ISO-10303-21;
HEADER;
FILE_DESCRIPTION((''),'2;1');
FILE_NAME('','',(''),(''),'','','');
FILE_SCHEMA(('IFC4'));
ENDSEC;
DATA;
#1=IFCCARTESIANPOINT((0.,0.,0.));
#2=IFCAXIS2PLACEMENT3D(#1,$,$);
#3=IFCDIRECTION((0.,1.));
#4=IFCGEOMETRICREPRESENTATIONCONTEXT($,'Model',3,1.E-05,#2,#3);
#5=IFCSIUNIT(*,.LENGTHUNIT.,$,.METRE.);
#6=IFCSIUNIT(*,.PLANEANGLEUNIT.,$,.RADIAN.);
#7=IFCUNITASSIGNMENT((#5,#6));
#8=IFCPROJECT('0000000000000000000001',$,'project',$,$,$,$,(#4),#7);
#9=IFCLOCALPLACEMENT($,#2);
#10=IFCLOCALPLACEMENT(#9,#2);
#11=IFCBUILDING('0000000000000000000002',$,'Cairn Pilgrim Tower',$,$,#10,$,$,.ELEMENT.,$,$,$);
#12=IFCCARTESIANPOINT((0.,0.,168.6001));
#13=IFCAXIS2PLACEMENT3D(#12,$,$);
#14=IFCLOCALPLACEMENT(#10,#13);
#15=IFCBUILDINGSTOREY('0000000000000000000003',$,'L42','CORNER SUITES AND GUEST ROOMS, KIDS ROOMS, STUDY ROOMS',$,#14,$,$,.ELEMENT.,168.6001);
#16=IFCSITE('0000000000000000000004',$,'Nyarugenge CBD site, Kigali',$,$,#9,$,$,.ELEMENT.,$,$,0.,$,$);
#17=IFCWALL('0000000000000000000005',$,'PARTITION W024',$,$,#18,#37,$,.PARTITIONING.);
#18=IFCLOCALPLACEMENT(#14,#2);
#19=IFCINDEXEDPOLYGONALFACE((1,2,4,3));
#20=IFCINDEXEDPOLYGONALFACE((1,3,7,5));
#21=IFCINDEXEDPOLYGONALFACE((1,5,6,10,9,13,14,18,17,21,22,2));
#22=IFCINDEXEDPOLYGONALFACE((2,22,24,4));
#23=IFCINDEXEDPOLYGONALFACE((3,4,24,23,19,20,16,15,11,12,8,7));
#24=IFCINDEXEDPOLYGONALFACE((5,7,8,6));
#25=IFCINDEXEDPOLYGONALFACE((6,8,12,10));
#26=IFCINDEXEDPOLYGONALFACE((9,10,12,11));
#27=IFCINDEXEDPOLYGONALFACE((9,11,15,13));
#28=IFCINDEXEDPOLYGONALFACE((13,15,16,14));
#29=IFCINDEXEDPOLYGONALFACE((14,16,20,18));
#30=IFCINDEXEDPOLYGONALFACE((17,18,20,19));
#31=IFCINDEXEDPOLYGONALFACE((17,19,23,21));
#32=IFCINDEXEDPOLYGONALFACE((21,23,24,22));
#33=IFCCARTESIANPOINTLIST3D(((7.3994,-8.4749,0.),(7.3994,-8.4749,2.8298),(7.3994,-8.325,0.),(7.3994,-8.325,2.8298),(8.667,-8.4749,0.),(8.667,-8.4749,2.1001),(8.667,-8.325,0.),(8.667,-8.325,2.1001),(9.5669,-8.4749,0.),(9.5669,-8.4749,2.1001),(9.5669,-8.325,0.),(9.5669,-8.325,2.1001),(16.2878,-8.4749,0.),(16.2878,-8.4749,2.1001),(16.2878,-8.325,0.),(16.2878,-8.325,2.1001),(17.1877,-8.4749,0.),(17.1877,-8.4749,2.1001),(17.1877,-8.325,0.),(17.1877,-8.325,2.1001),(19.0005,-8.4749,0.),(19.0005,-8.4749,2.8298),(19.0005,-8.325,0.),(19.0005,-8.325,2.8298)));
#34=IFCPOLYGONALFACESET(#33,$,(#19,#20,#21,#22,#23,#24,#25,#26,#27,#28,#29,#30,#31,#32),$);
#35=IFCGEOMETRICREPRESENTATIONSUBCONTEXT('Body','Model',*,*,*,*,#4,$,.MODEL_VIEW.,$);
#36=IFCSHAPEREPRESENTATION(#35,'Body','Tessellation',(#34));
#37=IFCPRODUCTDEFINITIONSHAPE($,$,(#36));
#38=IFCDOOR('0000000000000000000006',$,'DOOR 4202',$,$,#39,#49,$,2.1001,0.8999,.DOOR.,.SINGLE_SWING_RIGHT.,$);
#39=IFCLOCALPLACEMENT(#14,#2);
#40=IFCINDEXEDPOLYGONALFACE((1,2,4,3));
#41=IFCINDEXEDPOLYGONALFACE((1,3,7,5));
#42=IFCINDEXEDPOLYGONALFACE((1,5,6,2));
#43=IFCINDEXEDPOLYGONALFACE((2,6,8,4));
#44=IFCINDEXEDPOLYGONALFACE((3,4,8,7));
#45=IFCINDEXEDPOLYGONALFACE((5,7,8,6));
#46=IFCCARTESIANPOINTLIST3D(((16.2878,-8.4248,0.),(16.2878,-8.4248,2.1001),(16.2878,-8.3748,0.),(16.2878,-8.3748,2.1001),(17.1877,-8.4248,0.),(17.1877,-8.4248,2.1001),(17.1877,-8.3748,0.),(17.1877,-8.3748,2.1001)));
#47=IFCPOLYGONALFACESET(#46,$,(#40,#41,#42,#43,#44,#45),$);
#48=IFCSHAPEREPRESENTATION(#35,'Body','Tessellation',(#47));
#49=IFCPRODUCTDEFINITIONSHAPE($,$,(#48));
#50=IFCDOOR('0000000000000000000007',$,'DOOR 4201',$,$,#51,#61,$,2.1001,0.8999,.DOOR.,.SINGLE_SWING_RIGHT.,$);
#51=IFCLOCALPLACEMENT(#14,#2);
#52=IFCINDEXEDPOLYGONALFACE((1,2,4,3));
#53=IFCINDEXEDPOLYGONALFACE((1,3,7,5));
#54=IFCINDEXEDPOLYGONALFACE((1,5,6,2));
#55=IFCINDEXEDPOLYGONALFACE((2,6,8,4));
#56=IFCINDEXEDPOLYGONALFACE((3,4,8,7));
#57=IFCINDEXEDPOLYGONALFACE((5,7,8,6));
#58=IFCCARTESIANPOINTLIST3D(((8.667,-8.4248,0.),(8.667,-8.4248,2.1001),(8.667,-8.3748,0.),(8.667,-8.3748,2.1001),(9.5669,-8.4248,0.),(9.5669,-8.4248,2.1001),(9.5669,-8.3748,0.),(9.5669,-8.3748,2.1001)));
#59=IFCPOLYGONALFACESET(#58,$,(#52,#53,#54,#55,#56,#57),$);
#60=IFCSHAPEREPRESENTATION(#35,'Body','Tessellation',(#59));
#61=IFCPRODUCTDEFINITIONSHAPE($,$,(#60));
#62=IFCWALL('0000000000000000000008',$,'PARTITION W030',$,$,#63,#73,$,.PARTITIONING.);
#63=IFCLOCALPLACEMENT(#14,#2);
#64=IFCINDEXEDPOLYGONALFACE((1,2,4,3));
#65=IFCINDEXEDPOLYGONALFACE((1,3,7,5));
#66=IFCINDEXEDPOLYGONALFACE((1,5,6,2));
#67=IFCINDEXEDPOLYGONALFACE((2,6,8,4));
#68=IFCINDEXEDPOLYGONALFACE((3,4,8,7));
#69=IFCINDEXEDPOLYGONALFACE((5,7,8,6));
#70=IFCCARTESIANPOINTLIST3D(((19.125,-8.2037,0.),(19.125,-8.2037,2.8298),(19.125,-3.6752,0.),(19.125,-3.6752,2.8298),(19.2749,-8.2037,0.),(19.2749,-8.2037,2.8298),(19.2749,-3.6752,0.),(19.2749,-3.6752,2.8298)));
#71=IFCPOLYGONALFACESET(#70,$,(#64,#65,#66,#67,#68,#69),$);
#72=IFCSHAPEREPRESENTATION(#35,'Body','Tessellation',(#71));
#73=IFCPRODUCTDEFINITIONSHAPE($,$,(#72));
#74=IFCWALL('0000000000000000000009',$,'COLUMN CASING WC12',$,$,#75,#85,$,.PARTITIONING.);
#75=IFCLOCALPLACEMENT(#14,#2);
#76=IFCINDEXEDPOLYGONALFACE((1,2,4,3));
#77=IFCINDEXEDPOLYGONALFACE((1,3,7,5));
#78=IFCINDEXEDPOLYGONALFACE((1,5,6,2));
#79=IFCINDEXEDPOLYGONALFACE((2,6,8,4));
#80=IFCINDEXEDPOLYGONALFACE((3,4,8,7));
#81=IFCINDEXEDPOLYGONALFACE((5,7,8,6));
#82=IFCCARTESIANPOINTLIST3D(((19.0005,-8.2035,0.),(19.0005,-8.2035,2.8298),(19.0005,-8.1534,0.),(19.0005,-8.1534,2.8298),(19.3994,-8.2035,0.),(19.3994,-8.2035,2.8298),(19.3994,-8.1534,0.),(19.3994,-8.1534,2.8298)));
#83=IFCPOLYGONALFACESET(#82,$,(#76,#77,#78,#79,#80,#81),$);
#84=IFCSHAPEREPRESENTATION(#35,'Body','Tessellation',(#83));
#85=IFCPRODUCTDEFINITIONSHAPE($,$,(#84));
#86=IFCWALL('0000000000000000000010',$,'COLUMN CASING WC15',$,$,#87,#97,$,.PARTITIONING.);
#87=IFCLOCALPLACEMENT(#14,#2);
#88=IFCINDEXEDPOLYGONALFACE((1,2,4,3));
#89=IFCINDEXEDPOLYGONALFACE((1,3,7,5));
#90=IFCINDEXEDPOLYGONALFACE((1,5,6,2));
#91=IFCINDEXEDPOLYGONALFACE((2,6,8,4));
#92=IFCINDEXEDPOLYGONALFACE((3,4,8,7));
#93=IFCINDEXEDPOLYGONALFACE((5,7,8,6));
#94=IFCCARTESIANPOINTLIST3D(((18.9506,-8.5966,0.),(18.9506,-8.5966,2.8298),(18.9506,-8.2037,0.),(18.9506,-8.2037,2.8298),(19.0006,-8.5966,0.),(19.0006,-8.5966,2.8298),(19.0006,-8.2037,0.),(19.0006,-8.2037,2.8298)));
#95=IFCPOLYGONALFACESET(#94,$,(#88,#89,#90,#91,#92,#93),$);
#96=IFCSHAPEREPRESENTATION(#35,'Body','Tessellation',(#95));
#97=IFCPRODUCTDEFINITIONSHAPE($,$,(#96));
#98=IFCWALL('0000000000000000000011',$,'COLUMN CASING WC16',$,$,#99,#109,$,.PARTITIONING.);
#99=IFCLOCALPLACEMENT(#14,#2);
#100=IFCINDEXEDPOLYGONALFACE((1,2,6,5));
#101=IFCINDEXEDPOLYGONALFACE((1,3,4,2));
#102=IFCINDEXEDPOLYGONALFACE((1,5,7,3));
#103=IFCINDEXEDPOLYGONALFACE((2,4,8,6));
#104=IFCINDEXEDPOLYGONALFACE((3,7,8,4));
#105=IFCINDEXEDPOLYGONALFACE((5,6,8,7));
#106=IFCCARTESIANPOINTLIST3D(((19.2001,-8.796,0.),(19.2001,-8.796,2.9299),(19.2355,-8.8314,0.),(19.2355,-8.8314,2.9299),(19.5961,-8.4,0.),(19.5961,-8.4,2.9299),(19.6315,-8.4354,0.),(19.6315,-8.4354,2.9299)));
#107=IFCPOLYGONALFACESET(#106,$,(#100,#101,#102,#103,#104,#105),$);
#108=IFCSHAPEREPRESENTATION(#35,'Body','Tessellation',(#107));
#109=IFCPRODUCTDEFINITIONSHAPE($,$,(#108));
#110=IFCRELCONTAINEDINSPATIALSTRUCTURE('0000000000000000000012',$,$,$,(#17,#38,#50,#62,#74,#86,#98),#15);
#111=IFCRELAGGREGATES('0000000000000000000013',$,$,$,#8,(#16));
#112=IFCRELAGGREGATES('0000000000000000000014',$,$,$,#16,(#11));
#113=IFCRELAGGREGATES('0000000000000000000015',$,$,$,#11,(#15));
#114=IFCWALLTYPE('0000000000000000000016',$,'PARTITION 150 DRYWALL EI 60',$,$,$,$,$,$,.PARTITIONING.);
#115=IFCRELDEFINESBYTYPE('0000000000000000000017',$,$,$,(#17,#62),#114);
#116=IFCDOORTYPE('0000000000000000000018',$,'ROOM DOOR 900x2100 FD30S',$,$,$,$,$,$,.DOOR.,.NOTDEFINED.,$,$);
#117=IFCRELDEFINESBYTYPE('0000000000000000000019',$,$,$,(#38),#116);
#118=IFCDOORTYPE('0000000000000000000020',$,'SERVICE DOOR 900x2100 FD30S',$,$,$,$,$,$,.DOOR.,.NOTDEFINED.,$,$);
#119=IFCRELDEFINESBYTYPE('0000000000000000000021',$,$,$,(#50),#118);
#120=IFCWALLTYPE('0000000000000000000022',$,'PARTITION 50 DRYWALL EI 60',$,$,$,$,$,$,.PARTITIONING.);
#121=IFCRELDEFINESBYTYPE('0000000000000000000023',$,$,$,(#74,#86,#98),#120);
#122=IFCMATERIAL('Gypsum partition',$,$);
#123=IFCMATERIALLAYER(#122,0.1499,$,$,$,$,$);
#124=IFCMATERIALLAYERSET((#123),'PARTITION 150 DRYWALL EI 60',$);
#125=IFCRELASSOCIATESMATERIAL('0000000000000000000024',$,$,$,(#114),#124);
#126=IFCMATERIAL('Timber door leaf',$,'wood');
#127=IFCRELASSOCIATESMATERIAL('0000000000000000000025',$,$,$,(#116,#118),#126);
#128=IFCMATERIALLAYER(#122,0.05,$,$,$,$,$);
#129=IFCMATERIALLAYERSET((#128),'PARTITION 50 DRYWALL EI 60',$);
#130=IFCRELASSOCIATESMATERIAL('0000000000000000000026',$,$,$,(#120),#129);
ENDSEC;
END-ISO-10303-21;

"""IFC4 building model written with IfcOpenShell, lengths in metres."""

from ifc_helpers import new_model, si_unit, direction, frame, frame_2d, origin, place, context, subcontext, project, spatial, rectangle, extrude, material, layer, layer_set, type_object, element, fill, save


model = new_model("IFC4")

# Units and contexts
model_context = context("Model", 3, precision=1e-05, world=origin(), true_north=direction((0.0, 1.0)))
body_context = subcontext(model_context, "Body", "Model", "MODEL_VIEW")
ifc_project = project(units=[si_unit("LENGTHUNIT", "METRE"), si_unit("PLANEANGLEUNIT", "RADIAN")], contexts=[model_context])

# Site, building, storey
site_placement = place(None, origin())
site = spatial("IfcSite", under=ifc_project, at=site_placement, Name="Nyarugenge CBD site, Kigali", CompositionType="ELEMENT", RefElevation=0.0)
building_placement = place(site_placement, origin())
building = spatial("IfcBuilding", under=site, at=building_placement, Name="Cairn Pilgrim Tower", CompositionType="ELEMENT")
storey_placement = place(building_placement, frame((0.0, 0.0, 168.6001)))
storey = spatial("IfcBuildingStorey", under=building, at=storey_placement, Name="L42", Description="CORNER SUITES AND GUEST ROOMS, KIDS ROOMS, STUDY ROOMS", CompositionType="ELEMENT", Elevation=168.6001)

# Shared definitions
ifc_material_1 = material(Name="Gypsum partition")
ifc_material_2 = material(Name="Timber door leaf", Category="wood")

# Wall, openings, doors
ifc_layer_1 = layer(ifc_material_1, 0.1499)
ifc_layer_set_1 = layer_set([ifc_layer_1], Name="PARTITION 150 DRYWALL EI 60")
wall_type_1 = type_object("IfcWallType", Name="PARTITION 150 DRYWALL EI 60", PredefinedType="PARTITIONING", material=ifc_layer_set_1)
wall_1_placement = place(storey_placement, frame((7.3994, -8.3999, 0.0), z_axis=(0.0, 0.0, 1.0), x_axis=(1.0, 0.0, 0.0)))
wall_1 = element("IfcWall", 1, at=wall_1_placement, inside=storey, type_object=wall_type_1, Name="PARTITION W024", PredefinedType="PARTITIONING", context=body_context, shape_type="SweptSolid", body=[
    extrude(rectangle(XDim=11.6011, YDim=0.1499, at=frame_2d((5.8005, 0.0))), origin(), (0.0, 0.0, 1.0), 2.8298),
])
opening_1_placement = place(wall_1_placement, frame((1.2676, 0.0, 0.0)))
opening_1 = element("IfcOpeningElement", 2, at=opening_1_placement, cuts=wall_1, PredefinedType="OPENING", context=body_context, shape_type="SweptSolid", body=[
    extrude(rectangle(XDim=0.8999, YDim=2.1001, at=frame_2d((0.45, 1.05))), frame((0.0, 0.085, 0.0), z_axis=(0.0, -1.0, 0.0), x_axis=(1.0, 0.0, 0.0)), (0.0, 0.0, 1.0), 0.1699),
])
opening_2_placement = place(wall_1_placement, frame((8.8884, 0.0, 0.0)))
opening_2 = element("IfcOpeningElement", 3, at=opening_2_placement, cuts=wall_1, PredefinedType="OPENING", context=body_context, shape_type="SweptSolid", body=[
    extrude(rectangle(XDim=0.8999, YDim=2.1001, at=frame_2d((0.45, 1.05))), frame((0.0, 0.085, 0.0), z_axis=(0.0, -1.0, 0.0), x_axis=(1.0, 0.0, 0.0)), (0.0, 0.0, 1.0), 0.1699),
])
door_type_1 = type_object("IfcDoorType", Name="ROOM DOOR 900x2100 FD30S", OperationType="NOTDEFINED", PredefinedType="DOOR", material=ifc_material_2)
door_1_placement = place(opening_2_placement, frame((0.8999, 0.0, 0.0), z_axis=(0.0, 0.0, 1.0), x_axis=(-1.0, 0.0, 0.0)))
door_1 = element("IfcDoor", 4, at=door_1_placement, inside=storey, type_object=door_type_1, Name="DOOR 4202", OperationType="SINGLE_SWING_RIGHT", OverallHeight=2.1001, OverallWidth=0.8999, PredefinedType="DOOR", context=body_context, shape_type="SweptSolid", body=[
    extrude(rectangle(XDim=0.8999, YDim=2.1001, at=frame_2d((0.45, 1.05))), frame((0.0, 0.0249, 0.0), z_axis=(0.0, -1.0, 0.0), x_axis=(1.0, 0.0, 0.0)), (0.0, 0.0, 1.0), 0.05),
])
fill(opening_2, door_1)
door_type_2 = type_object("IfcDoorType", Name="SERVICE DOOR 900x2100 FD30S", OperationType="NOTDEFINED", PredefinedType="DOOR", material=ifc_material_2)
door_2_placement = place(opening_1_placement, frame((0.8999, 0.0, 0.0), z_axis=(0.0, 0.0, 1.0), x_axis=(-1.0, 0.0, 0.0)))
door_2 = element("IfcDoor", 5, at=door_2_placement, inside=storey, type_object=door_type_2, Name="DOOR 4201", OperationType="SINGLE_SWING_RIGHT", OverallHeight=2.1001, OverallWidth=0.8999, PredefinedType="DOOR", context=body_context, shape_type="SweptSolid", body=[
    extrude(rectangle(XDim=0.8999, YDim=2.1001, at=frame_2d((0.45, 1.05))), frame((0.0, 0.0249, 0.0), z_axis=(0.0, -1.0, 0.0), x_axis=(1.0, 0.0, 0.0)), (0.0, 0.0, 1.0), 0.05),
])
fill(opening_1, door_2)

# Walls
wall_2_placement = place(storey_placement, frame((19.2, -8.2036, 0.0), z_axis=(0.0, 0.0, 1.0), x_axis=(0.0, 1.0, 0.0)))
element("IfcWall", 6, at=wall_2_placement, inside=storey, type_object=wall_type_1, Name="PARTITION W030", PredefinedType="PARTITIONING", context=body_context, shape_type="SweptSolid", body=[
    extrude(rectangle(XDim=4.5286, YDim=0.1499, at=frame_2d((2.2642, 0.0))), origin(), (0.0, 0.0, 1.0), 2.8298),
])
ifc_layer_2 = layer(ifc_material_1, 0.05)
ifc_layer_set_2 = layer_set([ifc_layer_2], Name="PARTITION 50 DRYWALL EI 60")
wall_type_2 = type_object("IfcWallType", Name="PARTITION 50 DRYWALL EI 60", PredefinedType="PARTITIONING", material=ifc_layer_set_2)
wall_3_placement = place(storey_placement, frame((19.0005, -8.1785, 0.0), z_axis=(0.0, 0.0, 1.0), x_axis=(1.0, 0.0, 0.0)))
element("IfcWall", 7, at=wall_3_placement, inside=storey, type_object=wall_type_2, Name="COLUMN CASING WC12", PredefinedType="PARTITIONING", context=body_context, shape_type="SweptSolid", body=[
    extrude(rectangle(XDim=0.3989, YDim=0.05, at=frame_2d((0.1995, 0.0))), origin(), (0.0, 0.0, 1.0), 2.8298),
])
wall_4_placement = place(storey_placement, frame((18.9756, -8.5964, 0.0), z_axis=(0.0, 0.0, 1.0), x_axis=(0.0, 1.0, 0.0)))
element("IfcWall", 8, at=wall_4_placement, inside=storey, type_object=wall_type_2, Name="COLUMN CASING WC15", PredefinedType="PARTITIONING", context=body_context, shape_type="SweptSolid", body=[
    extrude(rectangle(XDim=0.3928, YDim=0.05, at=frame_2d((0.1963, 0.0))), origin(), (0.0, 0.0, 1.0), 2.8298),
])
wall_5_placement = place(storey_placement, frame((19.2178, -8.8137, 0.0), z_axis=(0.0, 0.0, 1.0), x_axis=(0.707107, 0.707107, 0.0)))
element("IfcWall", 9, at=wall_5_placement, inside=storey, type_object=wall_type_2, Name="COLUMN CASING WC16", PredefinedType="PARTITIONING", context=body_context, shape_type="SweptSolid", body=[
    extrude(rectangle(XDim=0.5601, YDim=0.05, at=frame_2d((0.28, 0.0))), origin(), (0.0, 0.0, 1.0), 2.9299),
])

save(model, "model.ifc")
